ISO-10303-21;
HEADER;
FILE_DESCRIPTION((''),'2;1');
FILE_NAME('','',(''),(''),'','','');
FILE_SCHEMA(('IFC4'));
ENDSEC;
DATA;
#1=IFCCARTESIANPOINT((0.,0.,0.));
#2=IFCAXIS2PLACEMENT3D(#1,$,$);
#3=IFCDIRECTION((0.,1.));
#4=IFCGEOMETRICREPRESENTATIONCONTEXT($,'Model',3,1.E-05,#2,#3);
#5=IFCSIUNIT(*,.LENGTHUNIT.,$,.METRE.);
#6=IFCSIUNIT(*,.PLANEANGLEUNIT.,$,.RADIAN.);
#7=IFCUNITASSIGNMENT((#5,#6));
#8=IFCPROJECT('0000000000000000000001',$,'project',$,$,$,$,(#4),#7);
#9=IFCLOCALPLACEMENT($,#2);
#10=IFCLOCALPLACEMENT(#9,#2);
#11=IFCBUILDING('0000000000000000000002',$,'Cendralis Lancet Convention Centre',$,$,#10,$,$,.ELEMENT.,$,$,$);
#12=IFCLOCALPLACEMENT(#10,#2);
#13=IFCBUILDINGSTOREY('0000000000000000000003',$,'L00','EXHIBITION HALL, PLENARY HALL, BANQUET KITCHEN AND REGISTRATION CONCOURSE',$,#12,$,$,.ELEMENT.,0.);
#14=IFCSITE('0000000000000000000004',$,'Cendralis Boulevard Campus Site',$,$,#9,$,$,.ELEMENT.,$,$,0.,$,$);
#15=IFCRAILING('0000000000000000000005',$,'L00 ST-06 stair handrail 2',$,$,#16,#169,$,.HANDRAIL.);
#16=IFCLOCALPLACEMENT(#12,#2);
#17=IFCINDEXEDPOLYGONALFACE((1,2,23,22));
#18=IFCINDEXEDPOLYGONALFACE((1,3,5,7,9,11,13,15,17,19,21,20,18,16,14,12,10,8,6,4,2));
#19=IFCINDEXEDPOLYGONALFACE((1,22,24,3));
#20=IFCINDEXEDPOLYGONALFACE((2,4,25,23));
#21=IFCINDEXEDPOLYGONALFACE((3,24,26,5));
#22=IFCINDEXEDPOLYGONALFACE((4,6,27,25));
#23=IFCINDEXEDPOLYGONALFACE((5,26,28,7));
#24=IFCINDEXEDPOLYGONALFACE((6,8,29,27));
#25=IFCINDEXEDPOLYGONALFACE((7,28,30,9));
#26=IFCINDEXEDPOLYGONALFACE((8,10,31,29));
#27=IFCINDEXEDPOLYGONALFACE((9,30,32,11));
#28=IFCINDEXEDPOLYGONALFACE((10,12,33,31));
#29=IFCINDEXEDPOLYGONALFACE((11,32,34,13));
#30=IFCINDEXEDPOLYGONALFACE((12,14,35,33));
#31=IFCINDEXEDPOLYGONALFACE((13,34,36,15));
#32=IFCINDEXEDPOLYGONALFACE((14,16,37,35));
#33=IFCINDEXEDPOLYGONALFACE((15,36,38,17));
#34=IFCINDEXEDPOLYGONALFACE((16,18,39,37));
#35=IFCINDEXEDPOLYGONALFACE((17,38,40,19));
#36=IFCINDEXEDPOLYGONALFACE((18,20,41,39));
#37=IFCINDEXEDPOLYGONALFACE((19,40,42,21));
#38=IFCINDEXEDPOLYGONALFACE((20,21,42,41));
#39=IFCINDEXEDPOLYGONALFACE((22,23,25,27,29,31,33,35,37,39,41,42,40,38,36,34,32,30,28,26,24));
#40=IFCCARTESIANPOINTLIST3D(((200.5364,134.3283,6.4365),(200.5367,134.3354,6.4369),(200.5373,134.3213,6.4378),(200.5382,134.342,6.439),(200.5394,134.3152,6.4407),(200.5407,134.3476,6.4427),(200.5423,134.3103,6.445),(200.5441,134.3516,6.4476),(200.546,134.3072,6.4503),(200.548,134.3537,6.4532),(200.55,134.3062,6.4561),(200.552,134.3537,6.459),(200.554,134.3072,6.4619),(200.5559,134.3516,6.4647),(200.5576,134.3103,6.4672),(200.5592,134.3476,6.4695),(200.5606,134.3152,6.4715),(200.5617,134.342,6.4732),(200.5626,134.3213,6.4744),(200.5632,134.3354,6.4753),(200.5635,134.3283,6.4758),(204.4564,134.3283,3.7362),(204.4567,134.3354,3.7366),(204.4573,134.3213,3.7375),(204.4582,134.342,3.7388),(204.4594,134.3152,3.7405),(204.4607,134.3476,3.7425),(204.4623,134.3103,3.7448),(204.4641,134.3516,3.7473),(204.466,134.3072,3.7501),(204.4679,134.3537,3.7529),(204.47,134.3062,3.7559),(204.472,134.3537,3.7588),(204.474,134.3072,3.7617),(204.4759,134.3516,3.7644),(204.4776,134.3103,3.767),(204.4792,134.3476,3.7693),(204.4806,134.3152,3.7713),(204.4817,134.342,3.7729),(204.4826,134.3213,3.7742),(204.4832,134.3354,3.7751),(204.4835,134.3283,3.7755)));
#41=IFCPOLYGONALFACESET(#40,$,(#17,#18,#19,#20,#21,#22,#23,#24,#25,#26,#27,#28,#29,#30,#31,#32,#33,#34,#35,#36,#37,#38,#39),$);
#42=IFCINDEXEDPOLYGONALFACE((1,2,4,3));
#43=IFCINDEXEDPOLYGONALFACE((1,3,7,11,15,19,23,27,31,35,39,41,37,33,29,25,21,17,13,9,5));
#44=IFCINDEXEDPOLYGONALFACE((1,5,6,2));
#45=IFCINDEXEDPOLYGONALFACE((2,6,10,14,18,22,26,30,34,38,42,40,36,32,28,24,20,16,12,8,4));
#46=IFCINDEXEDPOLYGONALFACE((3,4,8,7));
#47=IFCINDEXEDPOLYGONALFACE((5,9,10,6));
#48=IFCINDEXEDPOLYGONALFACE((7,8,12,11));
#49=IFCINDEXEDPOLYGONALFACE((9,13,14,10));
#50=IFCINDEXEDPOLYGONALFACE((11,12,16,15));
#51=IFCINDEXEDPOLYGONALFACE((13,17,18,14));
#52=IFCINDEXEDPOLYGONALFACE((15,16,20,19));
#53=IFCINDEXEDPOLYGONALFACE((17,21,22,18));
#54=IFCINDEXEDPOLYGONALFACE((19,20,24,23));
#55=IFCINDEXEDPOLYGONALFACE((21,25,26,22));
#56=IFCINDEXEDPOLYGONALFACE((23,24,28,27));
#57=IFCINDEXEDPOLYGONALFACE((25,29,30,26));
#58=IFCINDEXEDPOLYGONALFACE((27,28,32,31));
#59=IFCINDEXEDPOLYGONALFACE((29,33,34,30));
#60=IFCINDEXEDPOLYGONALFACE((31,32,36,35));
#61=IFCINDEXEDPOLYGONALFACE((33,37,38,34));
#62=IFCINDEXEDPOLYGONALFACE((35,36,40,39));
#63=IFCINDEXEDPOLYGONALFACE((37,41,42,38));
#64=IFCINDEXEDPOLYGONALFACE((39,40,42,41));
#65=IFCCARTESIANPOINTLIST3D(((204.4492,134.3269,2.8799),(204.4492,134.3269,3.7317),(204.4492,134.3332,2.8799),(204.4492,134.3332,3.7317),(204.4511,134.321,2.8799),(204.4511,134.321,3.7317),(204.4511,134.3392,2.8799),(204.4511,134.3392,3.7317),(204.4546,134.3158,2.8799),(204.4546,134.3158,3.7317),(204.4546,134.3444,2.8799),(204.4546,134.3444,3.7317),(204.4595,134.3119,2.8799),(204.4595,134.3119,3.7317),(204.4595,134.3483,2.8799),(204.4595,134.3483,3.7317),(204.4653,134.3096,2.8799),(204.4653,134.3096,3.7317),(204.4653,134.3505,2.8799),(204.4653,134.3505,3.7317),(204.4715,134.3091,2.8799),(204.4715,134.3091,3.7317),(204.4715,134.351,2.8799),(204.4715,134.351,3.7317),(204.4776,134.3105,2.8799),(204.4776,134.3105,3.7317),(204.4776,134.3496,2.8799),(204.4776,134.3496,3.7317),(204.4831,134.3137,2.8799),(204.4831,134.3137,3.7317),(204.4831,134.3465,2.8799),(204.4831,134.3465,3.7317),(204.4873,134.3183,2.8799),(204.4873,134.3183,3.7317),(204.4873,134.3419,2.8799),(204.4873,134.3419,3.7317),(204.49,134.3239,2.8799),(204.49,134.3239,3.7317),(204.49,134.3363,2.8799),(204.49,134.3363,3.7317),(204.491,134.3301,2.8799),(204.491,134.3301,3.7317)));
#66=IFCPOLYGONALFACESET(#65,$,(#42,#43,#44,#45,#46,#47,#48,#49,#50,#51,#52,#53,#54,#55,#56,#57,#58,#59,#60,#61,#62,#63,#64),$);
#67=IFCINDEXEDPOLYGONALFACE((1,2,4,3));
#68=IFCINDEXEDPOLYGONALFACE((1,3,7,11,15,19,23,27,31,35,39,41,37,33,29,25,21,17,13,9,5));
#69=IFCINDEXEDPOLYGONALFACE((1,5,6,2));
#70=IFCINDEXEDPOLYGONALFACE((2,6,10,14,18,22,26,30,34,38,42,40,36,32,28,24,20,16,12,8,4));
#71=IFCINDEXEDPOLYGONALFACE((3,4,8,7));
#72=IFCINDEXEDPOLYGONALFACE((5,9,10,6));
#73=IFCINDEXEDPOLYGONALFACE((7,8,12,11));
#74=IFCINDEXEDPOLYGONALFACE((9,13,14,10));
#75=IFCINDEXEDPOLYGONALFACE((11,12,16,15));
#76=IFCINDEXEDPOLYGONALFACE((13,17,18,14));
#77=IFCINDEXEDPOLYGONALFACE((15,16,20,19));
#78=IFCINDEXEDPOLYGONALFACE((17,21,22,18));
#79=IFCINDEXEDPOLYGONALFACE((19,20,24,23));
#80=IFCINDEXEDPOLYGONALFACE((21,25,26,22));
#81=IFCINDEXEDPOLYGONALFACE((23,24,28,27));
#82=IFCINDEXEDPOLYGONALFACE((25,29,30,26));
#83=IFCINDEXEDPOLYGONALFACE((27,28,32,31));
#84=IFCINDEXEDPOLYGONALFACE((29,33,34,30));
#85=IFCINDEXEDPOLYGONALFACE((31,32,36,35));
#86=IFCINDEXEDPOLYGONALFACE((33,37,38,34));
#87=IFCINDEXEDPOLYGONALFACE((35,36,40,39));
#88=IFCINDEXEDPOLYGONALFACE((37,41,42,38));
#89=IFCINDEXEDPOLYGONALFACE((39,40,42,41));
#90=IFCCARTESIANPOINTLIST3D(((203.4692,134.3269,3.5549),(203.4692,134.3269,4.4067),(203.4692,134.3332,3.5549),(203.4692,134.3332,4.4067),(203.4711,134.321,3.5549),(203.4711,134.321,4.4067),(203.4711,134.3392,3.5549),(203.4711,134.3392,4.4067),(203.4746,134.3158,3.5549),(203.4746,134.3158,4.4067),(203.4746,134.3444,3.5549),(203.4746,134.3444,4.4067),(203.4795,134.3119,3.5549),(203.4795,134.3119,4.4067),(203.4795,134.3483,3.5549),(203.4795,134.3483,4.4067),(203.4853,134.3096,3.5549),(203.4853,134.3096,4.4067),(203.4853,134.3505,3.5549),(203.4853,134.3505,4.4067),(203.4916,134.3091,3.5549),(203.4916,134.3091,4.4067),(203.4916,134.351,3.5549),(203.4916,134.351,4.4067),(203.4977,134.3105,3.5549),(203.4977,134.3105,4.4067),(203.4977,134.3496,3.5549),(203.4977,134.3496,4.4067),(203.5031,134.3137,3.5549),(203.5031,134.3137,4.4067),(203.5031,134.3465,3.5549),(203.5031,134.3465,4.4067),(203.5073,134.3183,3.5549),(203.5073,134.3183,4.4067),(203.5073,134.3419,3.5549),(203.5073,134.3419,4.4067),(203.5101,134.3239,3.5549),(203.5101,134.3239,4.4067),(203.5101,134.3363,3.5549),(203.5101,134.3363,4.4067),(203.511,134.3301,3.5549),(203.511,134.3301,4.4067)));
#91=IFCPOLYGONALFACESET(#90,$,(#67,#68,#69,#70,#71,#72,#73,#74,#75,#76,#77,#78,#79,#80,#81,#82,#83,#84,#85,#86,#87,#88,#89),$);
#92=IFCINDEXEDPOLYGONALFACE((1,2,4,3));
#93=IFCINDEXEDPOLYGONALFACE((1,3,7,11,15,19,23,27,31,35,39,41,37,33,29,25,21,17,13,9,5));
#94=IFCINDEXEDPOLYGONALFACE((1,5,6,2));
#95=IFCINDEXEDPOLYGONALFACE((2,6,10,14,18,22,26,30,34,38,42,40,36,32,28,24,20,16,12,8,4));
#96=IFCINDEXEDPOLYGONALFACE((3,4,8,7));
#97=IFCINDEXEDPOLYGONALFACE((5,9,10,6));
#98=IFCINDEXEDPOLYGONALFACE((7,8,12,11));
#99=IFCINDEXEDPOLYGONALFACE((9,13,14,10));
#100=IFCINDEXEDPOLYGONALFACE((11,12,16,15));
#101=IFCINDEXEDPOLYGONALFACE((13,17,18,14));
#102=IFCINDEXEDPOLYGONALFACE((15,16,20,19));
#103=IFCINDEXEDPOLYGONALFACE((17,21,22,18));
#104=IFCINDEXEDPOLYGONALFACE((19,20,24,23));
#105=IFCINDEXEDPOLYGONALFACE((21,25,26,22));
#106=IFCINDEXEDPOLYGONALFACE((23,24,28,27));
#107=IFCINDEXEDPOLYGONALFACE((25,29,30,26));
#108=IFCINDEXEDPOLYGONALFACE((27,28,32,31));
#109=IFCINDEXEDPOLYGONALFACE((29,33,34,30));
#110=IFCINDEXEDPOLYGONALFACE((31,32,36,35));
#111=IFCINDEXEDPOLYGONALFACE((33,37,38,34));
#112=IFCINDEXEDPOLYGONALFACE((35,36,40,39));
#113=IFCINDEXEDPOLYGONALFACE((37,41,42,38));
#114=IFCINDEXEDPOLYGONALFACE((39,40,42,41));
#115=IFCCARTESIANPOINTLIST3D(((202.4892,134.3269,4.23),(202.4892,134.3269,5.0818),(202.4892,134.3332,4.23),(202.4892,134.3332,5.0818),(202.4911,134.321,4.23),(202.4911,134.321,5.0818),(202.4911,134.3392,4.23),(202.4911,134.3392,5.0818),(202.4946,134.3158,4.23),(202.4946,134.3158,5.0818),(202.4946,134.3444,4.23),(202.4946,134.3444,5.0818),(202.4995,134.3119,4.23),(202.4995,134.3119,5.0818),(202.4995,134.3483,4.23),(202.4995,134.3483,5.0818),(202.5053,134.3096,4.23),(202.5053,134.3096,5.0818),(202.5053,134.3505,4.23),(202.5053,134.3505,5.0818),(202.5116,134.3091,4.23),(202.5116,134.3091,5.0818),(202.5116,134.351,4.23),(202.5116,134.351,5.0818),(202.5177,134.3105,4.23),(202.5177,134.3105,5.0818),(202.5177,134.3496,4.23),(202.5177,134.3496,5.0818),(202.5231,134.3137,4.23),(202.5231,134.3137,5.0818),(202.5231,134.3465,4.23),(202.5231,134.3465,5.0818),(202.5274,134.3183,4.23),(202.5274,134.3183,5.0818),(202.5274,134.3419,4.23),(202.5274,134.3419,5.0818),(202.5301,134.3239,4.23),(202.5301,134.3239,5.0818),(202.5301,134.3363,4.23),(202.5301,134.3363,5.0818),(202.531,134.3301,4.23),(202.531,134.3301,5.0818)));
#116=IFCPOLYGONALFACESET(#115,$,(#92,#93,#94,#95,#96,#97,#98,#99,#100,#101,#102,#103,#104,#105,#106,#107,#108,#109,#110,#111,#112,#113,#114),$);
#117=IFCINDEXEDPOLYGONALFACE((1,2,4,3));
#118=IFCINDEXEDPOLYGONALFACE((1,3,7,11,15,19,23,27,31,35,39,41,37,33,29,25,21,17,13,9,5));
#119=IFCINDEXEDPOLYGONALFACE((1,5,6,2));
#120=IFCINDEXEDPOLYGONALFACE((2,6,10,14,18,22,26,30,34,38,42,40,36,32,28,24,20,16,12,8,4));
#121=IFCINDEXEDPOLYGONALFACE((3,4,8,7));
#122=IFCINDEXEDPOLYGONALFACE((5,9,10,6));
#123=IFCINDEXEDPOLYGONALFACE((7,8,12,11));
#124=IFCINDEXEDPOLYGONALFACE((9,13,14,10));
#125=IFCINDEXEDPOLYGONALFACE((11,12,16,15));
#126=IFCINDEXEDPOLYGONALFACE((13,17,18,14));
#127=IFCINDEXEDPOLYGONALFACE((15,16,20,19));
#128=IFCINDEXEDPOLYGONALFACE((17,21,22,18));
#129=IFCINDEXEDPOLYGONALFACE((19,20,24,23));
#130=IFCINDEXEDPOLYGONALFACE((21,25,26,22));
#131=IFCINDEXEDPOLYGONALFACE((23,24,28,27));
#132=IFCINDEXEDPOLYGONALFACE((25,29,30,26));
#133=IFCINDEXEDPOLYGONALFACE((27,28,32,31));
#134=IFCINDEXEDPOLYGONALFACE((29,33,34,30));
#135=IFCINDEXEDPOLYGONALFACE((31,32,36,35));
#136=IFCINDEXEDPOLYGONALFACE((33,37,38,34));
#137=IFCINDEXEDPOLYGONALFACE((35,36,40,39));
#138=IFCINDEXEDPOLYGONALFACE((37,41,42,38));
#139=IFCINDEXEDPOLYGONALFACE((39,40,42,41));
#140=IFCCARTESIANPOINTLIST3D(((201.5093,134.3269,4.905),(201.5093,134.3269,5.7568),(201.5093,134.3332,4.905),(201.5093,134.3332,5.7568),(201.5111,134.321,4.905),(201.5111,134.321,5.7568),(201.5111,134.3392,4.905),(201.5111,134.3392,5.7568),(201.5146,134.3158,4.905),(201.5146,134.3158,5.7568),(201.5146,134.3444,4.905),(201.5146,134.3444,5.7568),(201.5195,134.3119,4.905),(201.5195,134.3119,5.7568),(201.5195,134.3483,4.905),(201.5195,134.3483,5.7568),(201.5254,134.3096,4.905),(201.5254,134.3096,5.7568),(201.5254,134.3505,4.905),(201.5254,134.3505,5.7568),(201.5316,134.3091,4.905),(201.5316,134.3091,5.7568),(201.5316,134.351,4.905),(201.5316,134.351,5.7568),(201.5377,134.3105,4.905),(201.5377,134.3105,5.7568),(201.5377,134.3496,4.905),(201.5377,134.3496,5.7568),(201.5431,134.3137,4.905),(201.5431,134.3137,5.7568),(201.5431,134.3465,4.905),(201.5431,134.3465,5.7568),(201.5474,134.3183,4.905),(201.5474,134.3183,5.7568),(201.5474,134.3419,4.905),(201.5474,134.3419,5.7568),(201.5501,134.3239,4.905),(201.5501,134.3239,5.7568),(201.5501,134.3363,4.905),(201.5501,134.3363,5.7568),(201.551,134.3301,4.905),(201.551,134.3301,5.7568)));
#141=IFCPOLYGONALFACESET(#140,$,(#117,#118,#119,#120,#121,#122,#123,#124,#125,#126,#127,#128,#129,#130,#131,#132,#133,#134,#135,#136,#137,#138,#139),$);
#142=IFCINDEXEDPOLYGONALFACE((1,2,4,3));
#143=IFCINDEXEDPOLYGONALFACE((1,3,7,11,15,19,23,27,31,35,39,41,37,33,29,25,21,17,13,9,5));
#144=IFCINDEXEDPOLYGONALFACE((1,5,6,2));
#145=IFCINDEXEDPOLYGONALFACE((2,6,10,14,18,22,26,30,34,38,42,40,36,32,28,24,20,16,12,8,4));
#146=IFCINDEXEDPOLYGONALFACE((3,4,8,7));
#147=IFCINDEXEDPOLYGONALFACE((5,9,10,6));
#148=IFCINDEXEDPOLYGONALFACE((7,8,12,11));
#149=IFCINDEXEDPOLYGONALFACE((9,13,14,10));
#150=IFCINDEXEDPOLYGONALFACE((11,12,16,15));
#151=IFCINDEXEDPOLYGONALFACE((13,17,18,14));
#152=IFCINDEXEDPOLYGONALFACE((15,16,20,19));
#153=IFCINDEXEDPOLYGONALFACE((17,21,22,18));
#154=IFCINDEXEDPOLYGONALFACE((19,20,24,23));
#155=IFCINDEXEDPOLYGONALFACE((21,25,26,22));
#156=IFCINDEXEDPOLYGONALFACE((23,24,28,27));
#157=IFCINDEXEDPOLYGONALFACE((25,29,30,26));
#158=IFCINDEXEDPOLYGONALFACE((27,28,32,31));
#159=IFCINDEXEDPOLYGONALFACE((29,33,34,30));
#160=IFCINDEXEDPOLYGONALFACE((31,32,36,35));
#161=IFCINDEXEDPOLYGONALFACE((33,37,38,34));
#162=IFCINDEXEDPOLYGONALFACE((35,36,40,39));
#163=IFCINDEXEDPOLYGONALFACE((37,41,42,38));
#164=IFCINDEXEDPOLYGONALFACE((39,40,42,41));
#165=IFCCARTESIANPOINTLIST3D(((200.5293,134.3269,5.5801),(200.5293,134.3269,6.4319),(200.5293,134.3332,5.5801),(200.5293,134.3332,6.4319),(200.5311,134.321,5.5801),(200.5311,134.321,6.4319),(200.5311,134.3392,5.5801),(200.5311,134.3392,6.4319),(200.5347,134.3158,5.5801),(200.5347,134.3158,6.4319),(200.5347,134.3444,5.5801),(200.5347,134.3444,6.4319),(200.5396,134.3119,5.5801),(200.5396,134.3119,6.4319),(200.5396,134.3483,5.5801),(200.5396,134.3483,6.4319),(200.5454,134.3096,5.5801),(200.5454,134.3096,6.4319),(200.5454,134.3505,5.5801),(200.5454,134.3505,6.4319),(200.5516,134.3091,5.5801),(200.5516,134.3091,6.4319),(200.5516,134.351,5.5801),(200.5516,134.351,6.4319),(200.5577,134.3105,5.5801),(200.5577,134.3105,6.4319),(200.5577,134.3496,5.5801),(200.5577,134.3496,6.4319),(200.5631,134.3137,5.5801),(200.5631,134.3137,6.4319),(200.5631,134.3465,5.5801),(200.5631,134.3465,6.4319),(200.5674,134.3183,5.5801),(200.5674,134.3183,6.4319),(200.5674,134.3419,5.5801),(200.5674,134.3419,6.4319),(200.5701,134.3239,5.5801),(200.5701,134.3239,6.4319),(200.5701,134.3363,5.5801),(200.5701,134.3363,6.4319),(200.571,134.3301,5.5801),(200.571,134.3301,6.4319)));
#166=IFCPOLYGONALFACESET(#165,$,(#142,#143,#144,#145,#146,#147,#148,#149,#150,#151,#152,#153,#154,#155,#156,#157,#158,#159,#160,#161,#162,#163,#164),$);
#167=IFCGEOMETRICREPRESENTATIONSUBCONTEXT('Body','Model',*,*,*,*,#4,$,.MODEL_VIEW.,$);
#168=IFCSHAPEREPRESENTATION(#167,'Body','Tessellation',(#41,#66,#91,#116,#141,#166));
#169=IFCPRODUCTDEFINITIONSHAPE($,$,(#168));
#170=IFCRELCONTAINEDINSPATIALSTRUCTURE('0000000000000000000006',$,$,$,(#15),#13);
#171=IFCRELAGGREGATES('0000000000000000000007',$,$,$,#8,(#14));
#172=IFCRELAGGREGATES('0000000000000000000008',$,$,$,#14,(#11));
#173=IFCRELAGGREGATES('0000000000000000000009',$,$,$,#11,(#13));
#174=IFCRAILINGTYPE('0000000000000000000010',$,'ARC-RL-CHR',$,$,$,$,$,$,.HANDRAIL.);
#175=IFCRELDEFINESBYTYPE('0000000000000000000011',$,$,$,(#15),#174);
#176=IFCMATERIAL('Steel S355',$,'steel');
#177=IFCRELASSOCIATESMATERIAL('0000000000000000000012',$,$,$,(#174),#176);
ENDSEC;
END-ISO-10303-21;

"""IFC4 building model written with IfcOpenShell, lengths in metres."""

from ifc_helpers import new_model, si_unit, direction, frame, origin, origin_2d, place, context, subcontext, project, spatial, circle, extrude, material, type_object, element, save


model = new_model("IFC4")

# Units and contexts
model_context = context("Model", 3, precision=1e-05, world=origin(), true_north=direction((0.0, 1.0)))
body_context = subcontext(model_context, "Body", "Model", "MODEL_VIEW")
ifc_project = project(units=[si_unit("LENGTHUNIT", "METRE"), si_unit("PLANEANGLEUNIT", "RADIAN")], contexts=[model_context])

# Site, building, storey
site_placement = place(None, origin())
site = spatial("IfcSite", under=ifc_project, at=site_placement, Name="Cendralis Boulevard Campus Site", CompositionType="ELEMENT", RefElevation=0.0)
building_placement = place(site_placement, origin())
building = spatial("IfcBuilding", under=site, at=building_placement, Name="Cendralis Lancet Convention Centre", CompositionType="ELEMENT")
storey_placement = place(building_placement, origin())
storey = spatial("IfcBuildingStorey", under=building, at=storey_placement, Name="L00", Description="EXHIBITION HALL, PLENARY HALL, BANQUET KITCHEN AND REGISTRATION CONCOURSE", CompositionType="ELEMENT", Elevation=0.0)

# Railing
ifc_material_1 = material(Name="Steel S355", Category="steel")
railing_type_1 = type_object("IfcRailingType", Name="ARC-RL-CHR", PredefinedType="HANDRAIL", material=ifc_material_1)
railing_1_placement = place(storey_placement, frame((204.47, 134.3301, 2.8799)))
element("IfcRailing", 1, at=railing_1_placement, inside=storey, type_object=railing_type_1, Name="L00 ST-06 stair handrail 2", PredefinedType="HANDRAIL", context=body_context, shape_type="SweptSolid", body=[
    extrude(circle(Radius=0.0239, at=origin_2d()), frame((0.0, 0.0, 0.876), z_axis=(-0.823527, 0.0, 0.567277), x_axis=(0.0, -1.0, 0.0)), (0.0, 0.0, 1.0), 4.76),
    extrude(circle(Radius=0.021, at=origin_2d()), origin(), (0.0, 0.0, 1.0), 0.8518),
    extrude(circle(Radius=0.021, at=origin_2d()), frame((-0.98, 0.0, 0.675)), (0.0, 0.0, 1.0), 0.8518),
    extrude(circle(Radius=0.021, at=origin_2d()), frame((-1.96, 0.0, 1.3501)), (0.0, 0.0, 1.0), 0.8518),
    extrude(circle(Radius=0.021, at=origin_2d()), frame((-2.9399, 0.0, 2.0251)), (0.0, 0.0, 1.0), 0.8518),
    extrude(circle(Radius=0.021, at=origin_2d()), frame((-3.9199, 0.0, 2.7002)), (0.0, 0.0, 1.0), 0.8518),
])

save(model, "model.ifc")
